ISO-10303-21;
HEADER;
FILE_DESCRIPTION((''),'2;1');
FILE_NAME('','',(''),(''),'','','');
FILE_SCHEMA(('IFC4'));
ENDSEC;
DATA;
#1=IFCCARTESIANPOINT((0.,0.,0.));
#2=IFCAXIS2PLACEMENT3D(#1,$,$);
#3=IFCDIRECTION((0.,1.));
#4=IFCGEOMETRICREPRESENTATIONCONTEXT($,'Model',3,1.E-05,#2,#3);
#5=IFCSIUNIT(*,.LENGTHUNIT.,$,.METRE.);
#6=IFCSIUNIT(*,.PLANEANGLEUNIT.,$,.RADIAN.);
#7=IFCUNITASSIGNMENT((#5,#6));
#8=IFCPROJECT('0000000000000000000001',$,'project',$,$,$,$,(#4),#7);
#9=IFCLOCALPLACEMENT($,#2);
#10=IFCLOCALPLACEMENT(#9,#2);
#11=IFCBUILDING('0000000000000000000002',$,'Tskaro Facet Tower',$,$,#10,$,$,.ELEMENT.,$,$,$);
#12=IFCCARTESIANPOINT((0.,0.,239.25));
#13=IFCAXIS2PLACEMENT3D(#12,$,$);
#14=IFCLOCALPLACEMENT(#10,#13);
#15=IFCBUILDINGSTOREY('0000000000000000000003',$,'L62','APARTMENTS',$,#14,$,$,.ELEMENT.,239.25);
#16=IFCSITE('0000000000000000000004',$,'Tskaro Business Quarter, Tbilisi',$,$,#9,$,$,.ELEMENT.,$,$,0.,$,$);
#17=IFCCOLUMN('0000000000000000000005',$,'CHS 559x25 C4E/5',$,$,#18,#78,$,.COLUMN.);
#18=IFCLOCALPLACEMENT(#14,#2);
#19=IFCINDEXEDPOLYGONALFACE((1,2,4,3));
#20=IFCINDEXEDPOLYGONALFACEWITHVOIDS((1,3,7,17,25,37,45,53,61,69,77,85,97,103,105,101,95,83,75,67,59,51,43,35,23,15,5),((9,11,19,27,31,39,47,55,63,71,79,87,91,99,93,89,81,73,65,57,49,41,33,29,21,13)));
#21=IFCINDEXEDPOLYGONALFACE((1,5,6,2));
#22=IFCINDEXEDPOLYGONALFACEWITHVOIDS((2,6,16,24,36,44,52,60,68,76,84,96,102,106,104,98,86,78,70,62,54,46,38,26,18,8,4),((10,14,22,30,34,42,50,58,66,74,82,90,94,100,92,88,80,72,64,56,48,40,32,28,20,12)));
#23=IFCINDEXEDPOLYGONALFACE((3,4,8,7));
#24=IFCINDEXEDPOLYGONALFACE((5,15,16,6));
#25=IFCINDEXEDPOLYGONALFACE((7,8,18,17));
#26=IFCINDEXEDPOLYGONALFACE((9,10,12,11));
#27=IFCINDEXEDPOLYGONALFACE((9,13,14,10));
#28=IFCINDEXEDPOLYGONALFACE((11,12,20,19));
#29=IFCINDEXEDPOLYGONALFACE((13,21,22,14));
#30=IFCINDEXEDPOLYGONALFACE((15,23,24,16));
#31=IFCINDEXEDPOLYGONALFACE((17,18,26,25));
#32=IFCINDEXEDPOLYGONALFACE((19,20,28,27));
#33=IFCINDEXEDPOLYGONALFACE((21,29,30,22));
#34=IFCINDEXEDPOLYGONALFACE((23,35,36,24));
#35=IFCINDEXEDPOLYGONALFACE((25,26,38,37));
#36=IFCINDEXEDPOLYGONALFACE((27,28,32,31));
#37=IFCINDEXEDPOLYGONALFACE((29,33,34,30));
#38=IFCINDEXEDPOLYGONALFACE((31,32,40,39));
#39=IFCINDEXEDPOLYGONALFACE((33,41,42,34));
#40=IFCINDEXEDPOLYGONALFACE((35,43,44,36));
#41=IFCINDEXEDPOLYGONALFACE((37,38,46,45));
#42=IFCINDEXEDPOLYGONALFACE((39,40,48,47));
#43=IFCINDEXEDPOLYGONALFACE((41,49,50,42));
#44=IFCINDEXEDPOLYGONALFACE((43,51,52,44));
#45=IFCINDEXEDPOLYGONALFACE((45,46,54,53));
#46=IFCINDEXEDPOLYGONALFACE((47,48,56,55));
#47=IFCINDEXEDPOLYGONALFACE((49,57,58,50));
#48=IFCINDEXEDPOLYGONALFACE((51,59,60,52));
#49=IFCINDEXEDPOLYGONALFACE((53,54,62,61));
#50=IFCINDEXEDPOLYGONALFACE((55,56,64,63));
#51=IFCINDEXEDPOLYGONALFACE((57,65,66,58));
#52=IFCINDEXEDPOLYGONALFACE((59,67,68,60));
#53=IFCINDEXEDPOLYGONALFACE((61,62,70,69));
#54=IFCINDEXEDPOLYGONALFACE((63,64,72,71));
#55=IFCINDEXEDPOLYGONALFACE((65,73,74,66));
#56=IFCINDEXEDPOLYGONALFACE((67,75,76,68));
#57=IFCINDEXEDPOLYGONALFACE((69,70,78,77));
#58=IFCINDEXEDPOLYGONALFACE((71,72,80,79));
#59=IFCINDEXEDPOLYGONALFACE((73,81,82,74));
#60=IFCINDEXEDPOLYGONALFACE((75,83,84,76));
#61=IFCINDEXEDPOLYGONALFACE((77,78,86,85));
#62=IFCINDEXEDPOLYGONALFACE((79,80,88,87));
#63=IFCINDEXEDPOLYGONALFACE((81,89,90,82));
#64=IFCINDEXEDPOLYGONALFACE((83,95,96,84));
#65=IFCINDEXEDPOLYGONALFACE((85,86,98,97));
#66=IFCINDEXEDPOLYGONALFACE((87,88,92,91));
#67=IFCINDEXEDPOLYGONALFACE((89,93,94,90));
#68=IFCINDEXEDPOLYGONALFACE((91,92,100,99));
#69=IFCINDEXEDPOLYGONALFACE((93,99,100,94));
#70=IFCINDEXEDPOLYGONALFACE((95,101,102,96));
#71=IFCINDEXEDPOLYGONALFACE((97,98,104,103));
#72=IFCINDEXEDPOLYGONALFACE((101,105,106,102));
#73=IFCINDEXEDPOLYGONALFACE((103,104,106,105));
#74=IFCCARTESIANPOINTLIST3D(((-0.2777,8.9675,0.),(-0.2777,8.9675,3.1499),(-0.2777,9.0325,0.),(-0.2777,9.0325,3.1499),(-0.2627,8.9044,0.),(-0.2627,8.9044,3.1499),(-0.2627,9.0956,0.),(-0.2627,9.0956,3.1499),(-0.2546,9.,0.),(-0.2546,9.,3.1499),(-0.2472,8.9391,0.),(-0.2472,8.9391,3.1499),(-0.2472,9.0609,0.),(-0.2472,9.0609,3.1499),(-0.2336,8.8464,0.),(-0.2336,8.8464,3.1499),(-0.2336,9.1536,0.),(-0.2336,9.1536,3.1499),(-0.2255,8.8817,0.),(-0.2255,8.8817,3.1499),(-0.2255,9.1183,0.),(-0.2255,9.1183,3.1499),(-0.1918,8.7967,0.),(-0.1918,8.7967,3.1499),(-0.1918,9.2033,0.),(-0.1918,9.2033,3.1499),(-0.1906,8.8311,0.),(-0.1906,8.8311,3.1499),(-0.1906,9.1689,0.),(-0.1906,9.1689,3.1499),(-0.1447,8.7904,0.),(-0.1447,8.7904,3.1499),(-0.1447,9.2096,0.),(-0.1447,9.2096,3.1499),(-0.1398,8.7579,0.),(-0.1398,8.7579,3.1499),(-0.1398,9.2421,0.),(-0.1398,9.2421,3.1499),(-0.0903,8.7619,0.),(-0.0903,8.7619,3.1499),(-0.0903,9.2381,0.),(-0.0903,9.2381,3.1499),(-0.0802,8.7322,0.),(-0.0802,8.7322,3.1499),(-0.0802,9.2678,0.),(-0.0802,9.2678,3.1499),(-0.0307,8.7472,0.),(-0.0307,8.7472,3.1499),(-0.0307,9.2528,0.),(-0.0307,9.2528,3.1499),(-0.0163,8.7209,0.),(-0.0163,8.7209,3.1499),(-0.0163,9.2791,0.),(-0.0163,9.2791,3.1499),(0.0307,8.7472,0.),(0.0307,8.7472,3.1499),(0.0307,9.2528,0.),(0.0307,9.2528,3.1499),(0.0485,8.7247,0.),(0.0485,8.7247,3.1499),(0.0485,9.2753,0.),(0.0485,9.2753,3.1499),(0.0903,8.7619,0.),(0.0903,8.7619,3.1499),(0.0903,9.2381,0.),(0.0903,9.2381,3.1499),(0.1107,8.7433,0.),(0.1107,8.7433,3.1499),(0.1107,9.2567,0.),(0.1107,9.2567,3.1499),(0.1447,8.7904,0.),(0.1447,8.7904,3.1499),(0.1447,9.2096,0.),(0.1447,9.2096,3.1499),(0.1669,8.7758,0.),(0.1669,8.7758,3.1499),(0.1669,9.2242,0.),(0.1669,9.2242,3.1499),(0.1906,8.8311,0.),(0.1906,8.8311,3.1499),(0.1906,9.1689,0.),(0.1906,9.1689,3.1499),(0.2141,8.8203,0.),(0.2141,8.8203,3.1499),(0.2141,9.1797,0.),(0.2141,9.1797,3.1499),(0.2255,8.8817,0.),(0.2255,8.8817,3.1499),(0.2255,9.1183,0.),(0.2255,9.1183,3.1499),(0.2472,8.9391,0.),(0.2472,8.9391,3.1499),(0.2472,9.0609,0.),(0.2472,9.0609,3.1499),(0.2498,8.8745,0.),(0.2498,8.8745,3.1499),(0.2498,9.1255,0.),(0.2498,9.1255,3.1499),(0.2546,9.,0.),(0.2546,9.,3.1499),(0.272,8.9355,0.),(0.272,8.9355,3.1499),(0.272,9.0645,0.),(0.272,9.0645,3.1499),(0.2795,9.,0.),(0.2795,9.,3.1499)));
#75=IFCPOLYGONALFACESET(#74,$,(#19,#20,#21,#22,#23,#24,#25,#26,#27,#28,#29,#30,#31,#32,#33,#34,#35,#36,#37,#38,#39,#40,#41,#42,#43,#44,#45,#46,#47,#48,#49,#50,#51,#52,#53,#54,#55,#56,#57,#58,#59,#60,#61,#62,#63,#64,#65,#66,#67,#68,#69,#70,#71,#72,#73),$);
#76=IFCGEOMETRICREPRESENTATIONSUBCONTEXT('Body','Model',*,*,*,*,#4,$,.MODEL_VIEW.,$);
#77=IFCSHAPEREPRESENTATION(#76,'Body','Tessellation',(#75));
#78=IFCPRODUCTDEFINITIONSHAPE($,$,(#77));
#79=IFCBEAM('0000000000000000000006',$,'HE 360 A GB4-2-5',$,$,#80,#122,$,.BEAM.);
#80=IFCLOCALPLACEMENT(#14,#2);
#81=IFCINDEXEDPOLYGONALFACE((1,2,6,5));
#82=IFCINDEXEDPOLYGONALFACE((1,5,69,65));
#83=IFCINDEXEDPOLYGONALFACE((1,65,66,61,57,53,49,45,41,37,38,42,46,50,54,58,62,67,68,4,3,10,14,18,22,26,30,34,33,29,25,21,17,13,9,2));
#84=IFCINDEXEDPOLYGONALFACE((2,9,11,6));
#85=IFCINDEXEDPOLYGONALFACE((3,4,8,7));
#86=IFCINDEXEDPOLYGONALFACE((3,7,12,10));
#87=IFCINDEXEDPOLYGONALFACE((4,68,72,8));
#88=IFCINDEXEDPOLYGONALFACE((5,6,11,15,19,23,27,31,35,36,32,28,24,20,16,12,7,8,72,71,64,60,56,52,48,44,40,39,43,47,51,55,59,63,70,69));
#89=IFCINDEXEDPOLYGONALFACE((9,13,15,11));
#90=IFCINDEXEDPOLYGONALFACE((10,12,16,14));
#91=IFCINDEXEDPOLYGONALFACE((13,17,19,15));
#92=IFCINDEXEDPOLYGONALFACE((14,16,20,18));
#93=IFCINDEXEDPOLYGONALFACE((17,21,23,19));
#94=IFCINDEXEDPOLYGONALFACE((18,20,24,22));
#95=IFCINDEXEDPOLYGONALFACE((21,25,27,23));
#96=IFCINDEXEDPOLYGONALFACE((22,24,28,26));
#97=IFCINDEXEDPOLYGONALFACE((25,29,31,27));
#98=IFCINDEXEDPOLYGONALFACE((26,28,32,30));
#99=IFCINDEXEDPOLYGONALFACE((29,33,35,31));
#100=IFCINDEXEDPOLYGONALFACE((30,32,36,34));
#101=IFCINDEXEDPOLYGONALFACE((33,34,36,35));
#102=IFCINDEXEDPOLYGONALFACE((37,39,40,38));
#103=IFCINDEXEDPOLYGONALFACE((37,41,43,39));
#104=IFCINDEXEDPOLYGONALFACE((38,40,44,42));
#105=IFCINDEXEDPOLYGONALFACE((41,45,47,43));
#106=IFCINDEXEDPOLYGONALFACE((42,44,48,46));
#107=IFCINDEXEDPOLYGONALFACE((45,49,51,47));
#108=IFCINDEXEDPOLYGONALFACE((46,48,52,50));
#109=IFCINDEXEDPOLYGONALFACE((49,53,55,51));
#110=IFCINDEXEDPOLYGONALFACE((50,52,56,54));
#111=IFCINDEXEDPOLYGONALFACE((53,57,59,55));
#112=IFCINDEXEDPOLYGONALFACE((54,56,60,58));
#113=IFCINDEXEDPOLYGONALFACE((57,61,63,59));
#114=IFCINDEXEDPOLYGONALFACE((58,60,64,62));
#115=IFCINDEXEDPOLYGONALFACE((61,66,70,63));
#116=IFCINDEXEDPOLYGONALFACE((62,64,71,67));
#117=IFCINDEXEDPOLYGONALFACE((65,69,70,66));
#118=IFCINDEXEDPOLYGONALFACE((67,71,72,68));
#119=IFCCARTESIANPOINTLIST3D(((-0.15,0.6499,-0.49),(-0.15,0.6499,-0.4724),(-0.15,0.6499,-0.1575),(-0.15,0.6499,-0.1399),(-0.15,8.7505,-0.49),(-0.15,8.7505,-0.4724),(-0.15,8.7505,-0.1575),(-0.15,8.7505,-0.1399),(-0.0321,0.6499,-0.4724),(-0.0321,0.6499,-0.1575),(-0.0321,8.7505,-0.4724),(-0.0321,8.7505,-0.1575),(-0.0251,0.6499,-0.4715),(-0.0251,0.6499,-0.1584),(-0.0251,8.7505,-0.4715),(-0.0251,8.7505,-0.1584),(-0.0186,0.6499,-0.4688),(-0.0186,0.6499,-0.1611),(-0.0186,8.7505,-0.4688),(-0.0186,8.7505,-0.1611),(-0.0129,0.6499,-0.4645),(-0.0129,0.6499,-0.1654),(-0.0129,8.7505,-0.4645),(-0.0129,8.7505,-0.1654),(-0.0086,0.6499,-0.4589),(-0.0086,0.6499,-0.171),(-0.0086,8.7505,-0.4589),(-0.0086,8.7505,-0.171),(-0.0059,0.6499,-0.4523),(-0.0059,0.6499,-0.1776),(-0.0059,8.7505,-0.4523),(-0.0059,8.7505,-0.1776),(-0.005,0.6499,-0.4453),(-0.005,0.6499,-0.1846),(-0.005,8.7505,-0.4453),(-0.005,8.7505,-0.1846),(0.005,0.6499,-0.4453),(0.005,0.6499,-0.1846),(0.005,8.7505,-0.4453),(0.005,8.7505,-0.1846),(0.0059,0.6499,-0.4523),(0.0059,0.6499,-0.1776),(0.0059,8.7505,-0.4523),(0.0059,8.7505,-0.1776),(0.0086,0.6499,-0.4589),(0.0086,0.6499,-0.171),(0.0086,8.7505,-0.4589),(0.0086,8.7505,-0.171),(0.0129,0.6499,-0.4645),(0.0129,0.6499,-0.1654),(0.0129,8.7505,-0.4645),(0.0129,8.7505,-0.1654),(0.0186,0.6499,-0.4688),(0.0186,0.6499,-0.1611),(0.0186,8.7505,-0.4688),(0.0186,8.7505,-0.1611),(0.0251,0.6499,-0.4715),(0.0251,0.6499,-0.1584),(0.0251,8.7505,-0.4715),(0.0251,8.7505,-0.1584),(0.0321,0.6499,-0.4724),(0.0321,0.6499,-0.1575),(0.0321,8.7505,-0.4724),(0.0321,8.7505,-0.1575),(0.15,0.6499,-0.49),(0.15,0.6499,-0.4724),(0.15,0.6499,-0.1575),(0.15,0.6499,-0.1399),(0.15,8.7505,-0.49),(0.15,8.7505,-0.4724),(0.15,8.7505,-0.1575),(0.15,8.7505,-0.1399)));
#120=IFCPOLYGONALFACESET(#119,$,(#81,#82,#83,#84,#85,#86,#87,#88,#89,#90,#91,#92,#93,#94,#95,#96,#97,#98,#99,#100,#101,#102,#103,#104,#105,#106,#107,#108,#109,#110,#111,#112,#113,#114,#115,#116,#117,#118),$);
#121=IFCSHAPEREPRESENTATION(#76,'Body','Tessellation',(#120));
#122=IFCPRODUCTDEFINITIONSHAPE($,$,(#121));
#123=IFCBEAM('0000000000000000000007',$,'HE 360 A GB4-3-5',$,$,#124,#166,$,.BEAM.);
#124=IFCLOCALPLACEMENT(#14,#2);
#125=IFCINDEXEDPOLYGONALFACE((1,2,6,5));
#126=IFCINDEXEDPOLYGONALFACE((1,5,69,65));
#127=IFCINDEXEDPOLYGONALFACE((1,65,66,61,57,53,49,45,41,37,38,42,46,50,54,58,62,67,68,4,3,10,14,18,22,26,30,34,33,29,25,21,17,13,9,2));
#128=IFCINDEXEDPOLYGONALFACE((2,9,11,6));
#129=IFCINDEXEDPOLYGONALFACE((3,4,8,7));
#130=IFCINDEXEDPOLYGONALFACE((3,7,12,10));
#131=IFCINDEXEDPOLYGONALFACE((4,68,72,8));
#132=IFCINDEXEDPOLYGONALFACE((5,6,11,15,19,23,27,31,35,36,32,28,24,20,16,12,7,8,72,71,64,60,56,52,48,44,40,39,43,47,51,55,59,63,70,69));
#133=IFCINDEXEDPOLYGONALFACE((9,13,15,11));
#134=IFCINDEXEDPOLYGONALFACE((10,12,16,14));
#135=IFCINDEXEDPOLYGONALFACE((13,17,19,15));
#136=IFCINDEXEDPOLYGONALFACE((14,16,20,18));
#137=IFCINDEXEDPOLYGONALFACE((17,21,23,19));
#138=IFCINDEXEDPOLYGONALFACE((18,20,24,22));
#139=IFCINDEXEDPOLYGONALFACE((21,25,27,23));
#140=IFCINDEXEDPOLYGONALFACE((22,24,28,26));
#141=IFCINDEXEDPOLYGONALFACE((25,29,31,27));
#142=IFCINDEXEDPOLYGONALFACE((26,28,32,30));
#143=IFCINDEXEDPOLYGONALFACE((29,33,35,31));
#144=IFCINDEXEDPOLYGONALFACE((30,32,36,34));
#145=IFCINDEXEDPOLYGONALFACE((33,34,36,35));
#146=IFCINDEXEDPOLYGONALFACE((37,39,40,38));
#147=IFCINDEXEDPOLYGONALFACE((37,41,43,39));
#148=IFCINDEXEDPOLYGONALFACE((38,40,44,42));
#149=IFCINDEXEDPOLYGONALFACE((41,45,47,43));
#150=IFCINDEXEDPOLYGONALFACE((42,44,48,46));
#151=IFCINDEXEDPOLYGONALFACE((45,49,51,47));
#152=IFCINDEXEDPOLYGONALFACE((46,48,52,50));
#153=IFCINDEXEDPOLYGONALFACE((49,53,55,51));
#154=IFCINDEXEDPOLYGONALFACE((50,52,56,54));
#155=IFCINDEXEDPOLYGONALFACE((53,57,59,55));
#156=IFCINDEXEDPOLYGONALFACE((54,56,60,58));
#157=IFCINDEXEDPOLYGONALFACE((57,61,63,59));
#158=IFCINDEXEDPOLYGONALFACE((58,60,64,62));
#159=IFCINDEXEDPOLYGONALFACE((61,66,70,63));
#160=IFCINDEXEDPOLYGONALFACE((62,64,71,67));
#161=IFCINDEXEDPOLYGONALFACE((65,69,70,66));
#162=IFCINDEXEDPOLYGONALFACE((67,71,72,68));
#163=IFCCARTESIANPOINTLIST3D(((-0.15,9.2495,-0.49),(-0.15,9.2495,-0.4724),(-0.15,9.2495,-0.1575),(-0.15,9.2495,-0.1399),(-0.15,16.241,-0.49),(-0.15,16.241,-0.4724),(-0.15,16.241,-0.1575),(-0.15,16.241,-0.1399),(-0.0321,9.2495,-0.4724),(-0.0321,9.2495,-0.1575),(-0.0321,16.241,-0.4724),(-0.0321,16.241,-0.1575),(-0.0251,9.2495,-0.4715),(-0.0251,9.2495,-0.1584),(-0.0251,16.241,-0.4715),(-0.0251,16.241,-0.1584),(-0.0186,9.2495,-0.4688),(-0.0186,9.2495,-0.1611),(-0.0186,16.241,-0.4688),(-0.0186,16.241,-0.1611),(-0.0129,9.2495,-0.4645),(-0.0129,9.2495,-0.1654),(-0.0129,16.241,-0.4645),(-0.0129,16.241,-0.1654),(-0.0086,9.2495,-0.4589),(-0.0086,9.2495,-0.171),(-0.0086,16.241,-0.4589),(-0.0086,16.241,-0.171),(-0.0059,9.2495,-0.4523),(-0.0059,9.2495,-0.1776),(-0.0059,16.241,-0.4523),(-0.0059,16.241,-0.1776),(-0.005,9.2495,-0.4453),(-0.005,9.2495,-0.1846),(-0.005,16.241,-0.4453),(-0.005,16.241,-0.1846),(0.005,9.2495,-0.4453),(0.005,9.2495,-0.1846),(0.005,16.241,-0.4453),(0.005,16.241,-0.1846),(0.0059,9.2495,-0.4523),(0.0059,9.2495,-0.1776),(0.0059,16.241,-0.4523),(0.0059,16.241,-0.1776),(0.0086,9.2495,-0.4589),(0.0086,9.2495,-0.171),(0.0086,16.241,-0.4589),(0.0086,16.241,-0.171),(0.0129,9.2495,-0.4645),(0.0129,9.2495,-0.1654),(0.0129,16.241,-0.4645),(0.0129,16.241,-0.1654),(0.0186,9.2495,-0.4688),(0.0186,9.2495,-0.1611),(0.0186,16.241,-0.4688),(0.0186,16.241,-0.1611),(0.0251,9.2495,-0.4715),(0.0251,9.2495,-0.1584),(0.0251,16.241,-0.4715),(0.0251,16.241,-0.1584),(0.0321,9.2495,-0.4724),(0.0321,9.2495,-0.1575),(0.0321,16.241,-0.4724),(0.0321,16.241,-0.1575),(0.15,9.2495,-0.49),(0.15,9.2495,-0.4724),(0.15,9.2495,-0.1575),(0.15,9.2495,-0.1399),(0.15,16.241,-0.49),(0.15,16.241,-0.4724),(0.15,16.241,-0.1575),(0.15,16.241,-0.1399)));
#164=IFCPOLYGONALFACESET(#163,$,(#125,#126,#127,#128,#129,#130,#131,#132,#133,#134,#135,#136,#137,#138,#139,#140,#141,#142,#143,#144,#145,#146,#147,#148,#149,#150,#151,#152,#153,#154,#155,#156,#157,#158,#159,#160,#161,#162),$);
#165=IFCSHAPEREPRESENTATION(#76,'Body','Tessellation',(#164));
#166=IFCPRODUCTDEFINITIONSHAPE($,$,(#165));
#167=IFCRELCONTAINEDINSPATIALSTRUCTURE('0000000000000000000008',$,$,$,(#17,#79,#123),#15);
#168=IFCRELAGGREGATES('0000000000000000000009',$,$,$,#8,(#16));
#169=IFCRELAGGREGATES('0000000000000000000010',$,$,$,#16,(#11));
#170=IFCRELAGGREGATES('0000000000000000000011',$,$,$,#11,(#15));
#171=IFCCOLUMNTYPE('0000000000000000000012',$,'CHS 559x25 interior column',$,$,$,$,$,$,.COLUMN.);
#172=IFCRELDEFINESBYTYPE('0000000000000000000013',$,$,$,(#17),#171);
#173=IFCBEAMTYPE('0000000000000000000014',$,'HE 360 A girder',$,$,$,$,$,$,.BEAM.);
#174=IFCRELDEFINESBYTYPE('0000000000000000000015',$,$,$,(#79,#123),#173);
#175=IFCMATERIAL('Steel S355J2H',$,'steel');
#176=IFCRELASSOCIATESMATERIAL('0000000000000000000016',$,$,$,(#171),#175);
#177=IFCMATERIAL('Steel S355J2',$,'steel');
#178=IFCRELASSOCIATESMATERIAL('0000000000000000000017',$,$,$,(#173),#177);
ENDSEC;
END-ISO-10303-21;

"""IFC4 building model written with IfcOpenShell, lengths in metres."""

from ifc_helpers import new_model, si_unit, direction, frame, origin, origin_2d, place, context, subcontext, project, spatial, hollow_circle, i_section, extrude, material, material_profile, profile_set, type_object, element, save


model = new_model("IFC4")

# Units and contexts
model_context = context("Model", 3, precision=1e-05, world=origin(), true_north=direction((0.0, 1.0)))
body_context = subcontext(model_context, "Body", "Model", "MODEL_VIEW")
ifc_project = project(units=[si_unit("LENGTHUNIT", "METRE"), si_unit("PLANEANGLEUNIT", "RADIAN")], contexts=[model_context])

# Site, building, storey
site_placement = place(None, origin())
site = spatial("IfcSite", under=ifc_project, at=site_placement, Name="Tskaro Business Quarter, Tbilisi", CompositionType="ELEMENT", RefElevation=0.0)
building_placement = place(site_placement, origin())
building = spatial("IfcBuilding", under=site, at=building_placement, Name="Tskaro Facet Tower", CompositionType="ELEMENT")
storey_placement = place(building_placement, frame((0.0, 0.0, 239.25)))
storey = spatial("IfcBuildingStorey", under=building, at=storey_placement, Name="L62", Description="APARTMENTS", CompositionType="ELEMENT", Elevation=239.25)

# Column
ifc_material_1 = material(Name="Steel S355J2H", Category="steel")
ifc_material_profile_1 = material_profile(ifc_material_1, hollow_circle(Radius=0.2795, WallThickness=0.0249, at=origin_2d()), Name="CHS 559x25")
ifc_profile_set_1 = profile_set([ifc_material_profile_1], Name="Steel S355J2H")
column_type = type_object("IfcColumnType", Name="CHS 559x25 interior column", PredefinedType="COLUMN", material=ifc_profile_set_1)
column_placement = place(storey_placement, frame((0.0, 9.0, 0.0), z_axis=(0.0, 0.0, 1.0), x_axis=(1.0, 0.0, 0.0)))
element("IfcColumn", 1, at=column_placement, inside=storey, type_object=column_type, Name="CHS 559x25 C4E/5", PredefinedType="COLUMN", context=body_context, shape_type="SweptSolid", body=[
    extrude(hollow_circle(Radius=0.2795, WallThickness=0.0249, at=origin_2d()), origin(), (0.0, 0.0, 1.0), 3.1499),
])

# Beams
ifc_material_2 = material(Name="Steel S355J2", Category="steel")
ifc_material_profile_2 = material_profile(ifc_material_2, i_section(OverallWidth=0.3, OverallDepth=0.3501, WebThickness=0.01, FlangeThickness=0.0176, FilletRadius=0.0271, at=origin_2d()), Name="HE 360 A")
ifc_profile_set_2 = profile_set([ifc_material_profile_2], Name="Steel S355J2")
beam_type_1 = type_object("IfcBeamType", Name="HE 360 A girder", PredefinedType="BEAM", material=ifc_profile_set_2)
beam_1_placement = place(storey_placement, frame((0.0, 0.6499, -0.3149), z_axis=(0.0, 1.0, 0.0), x_axis=(-1.0, 0.0, 0.0)))
element("IfcBeam", 2, at=beam_1_placement, inside=storey, type_object=beam_type_1, Name="HE 360 A GB4-2-5", PredefinedType="BEAM", context=body_context, shape_type="SweptSolid", body=[
    extrude(i_section(OverallWidth=0.3, OverallDepth=0.3501, WebThickness=0.01, FlangeThickness=0.0176, FilletRadius=0.0271, at=origin_2d()), origin(), (0.0, 0.0, 1.0), 8.1006),
])
beam_2_placement = place(storey_placement, frame((0.0, 9.2495, -0.3149), z_axis=(0.0, 1.0, 0.0), x_axis=(-1.0, 0.0, 0.0)))
element("IfcBeam", 3, at=beam_2_placement, inside=storey, type_object=beam_type_1, Name="HE 360 A GB4-3-5", PredefinedType="BEAM", context=body_context, shape_type="SweptSolid", body=[
    extrude(i_section(OverallWidth=0.3, OverallDepth=0.3501, WebThickness=0.01, FlangeThickness=0.0176, FilletRadius=0.0271, at=origin_2d()), origin(), (0.0, 0.0, 1.0), 6.9915),
])

save(model, "model.ifc")
